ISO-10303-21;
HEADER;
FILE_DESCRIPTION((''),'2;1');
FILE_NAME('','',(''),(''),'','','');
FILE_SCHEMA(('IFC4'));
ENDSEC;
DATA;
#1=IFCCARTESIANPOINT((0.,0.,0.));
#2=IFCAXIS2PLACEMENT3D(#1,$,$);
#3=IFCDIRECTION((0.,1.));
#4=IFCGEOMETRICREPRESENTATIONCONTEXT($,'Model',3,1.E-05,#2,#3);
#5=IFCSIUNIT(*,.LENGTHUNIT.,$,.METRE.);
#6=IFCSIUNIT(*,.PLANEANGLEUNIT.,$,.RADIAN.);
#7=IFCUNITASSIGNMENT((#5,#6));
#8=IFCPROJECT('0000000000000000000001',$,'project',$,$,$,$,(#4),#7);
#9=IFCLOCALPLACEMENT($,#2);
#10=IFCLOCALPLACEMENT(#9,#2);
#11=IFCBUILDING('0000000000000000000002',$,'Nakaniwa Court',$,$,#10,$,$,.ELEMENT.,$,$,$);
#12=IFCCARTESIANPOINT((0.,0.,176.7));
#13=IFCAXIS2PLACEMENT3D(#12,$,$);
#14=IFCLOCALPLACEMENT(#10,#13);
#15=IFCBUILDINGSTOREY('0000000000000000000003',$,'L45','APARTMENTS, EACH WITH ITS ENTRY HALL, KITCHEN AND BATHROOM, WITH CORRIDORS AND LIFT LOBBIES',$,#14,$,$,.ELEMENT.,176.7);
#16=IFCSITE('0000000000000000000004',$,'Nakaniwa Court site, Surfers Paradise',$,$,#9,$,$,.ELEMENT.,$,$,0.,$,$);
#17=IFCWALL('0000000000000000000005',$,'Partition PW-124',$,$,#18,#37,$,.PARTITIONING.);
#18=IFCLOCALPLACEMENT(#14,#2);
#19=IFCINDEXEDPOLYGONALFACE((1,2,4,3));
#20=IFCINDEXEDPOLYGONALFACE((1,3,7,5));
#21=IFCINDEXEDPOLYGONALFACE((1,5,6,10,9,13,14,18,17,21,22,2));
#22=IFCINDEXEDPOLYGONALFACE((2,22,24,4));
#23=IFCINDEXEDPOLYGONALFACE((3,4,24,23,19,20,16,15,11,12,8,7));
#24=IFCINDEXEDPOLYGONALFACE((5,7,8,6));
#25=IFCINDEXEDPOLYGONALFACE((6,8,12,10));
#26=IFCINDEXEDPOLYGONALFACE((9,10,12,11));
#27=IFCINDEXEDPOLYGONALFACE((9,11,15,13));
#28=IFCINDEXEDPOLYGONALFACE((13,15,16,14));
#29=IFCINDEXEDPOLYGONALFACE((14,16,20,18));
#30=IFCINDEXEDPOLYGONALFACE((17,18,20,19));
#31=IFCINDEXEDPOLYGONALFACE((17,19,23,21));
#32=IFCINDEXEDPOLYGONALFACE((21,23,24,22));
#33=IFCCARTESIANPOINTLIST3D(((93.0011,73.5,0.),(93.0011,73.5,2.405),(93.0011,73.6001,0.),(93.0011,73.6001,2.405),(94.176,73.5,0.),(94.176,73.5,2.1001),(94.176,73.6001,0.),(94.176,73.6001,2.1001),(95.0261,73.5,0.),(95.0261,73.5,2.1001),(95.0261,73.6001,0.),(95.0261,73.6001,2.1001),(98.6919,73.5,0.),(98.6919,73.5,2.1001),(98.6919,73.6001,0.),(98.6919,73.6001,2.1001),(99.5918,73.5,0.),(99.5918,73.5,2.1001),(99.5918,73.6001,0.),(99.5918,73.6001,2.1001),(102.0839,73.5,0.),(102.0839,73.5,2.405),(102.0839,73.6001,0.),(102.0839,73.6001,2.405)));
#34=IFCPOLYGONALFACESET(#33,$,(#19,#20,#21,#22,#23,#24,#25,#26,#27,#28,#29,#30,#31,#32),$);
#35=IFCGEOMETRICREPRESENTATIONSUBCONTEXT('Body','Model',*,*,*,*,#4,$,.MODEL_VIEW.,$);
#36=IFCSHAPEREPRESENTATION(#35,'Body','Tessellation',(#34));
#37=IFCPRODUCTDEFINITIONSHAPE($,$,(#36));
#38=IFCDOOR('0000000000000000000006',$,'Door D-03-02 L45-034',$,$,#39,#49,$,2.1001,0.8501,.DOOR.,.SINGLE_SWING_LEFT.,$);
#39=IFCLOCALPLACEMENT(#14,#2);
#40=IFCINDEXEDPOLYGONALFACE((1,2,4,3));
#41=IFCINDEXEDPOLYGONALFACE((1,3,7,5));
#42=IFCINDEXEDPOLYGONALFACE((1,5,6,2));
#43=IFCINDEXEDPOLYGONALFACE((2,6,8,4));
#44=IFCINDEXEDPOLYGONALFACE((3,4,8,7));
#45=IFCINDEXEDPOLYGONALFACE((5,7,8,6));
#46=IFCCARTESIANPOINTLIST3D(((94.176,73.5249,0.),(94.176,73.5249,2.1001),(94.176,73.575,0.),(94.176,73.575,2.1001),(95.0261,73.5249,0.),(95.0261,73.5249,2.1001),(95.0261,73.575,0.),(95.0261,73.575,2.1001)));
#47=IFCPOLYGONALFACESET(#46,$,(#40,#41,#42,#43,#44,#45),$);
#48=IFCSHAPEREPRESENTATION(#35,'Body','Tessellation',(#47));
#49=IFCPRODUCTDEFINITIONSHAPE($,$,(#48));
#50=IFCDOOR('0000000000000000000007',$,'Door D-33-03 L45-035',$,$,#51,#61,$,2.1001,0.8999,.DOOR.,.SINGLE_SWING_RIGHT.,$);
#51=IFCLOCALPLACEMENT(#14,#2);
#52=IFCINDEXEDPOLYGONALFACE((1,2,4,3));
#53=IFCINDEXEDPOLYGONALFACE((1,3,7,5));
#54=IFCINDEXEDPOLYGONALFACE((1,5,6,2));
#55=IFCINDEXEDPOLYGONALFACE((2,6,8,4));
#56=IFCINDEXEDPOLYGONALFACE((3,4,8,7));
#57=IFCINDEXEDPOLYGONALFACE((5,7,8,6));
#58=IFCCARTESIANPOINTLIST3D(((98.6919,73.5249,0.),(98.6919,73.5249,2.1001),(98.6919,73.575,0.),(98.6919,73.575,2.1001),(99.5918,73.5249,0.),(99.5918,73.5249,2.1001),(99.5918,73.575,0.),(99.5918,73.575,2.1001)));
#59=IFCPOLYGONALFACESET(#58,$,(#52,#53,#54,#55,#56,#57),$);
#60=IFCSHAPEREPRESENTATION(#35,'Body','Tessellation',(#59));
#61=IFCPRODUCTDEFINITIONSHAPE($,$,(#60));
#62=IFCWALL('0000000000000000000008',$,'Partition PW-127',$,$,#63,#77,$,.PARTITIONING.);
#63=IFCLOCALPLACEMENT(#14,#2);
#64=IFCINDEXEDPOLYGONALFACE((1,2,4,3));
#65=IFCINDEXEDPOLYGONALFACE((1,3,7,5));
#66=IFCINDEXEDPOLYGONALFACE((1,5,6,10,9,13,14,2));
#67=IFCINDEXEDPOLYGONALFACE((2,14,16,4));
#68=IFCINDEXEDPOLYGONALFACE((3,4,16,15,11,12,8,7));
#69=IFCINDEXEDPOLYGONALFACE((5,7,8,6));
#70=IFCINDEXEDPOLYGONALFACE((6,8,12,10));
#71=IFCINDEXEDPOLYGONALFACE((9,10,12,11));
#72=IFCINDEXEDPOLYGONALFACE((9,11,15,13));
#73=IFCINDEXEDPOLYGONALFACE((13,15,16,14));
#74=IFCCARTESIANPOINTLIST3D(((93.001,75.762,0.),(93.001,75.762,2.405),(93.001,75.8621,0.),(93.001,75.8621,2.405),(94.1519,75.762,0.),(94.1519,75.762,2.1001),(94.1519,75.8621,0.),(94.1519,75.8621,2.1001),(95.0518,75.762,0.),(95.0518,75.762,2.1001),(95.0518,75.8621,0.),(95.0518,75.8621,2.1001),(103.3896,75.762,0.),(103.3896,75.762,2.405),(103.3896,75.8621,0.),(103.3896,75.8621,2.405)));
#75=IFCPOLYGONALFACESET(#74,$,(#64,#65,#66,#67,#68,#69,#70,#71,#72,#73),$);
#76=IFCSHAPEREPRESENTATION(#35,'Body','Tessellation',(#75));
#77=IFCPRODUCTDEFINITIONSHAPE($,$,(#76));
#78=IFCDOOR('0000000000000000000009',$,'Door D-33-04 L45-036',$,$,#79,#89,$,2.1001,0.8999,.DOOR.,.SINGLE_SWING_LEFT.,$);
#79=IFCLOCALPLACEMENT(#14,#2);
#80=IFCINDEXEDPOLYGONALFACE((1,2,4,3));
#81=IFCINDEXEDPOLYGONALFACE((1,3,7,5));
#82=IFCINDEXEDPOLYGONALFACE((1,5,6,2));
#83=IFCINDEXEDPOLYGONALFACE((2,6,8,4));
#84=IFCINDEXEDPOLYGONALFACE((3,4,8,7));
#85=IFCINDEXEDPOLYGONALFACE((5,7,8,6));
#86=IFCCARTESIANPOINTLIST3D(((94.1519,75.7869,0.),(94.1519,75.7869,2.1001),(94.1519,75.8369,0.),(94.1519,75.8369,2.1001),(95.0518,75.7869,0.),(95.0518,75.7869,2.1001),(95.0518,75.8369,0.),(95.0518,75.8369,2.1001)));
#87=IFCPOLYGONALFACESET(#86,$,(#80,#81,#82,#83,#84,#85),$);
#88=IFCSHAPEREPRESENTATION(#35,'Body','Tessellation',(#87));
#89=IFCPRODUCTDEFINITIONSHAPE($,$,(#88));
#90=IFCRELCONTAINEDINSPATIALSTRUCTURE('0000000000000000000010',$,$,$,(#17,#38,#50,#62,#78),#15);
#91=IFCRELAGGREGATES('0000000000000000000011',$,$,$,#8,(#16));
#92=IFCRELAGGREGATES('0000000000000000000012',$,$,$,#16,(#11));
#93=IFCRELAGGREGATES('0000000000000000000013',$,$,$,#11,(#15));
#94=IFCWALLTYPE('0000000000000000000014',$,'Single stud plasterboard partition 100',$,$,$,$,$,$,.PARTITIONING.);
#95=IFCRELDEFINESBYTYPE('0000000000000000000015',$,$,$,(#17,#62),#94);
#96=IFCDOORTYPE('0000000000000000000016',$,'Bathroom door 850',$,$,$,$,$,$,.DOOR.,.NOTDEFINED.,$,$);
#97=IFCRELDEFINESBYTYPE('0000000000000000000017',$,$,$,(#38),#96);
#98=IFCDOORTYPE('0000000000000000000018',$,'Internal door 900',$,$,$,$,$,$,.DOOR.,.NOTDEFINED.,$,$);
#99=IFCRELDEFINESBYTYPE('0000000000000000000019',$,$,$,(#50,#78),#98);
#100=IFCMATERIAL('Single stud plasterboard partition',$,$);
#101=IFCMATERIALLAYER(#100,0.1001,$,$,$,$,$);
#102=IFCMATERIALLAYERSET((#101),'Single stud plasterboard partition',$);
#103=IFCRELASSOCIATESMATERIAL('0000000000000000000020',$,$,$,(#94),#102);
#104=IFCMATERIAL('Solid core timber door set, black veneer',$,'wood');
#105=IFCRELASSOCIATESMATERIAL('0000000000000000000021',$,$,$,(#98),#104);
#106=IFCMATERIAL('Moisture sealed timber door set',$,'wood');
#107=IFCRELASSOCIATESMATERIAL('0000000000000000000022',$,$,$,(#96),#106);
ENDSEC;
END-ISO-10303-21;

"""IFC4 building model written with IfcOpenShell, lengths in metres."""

from ifc_helpers import new_model, si_unit, direction, frame, frame_2d, origin, place, context, subcontext, project, spatial, rectangle, extrude, material, layer, layer_set, type_object, element, fill, save


model = new_model("IFC4")

# Units and contexts
model_context = context("Model", 3, precision=1e-05, world=origin(), true_north=direction((0.0, 1.0)))
body_context = subcontext(model_context, "Body", "Model", "MODEL_VIEW")
ifc_project = project(units=[si_unit("LENGTHUNIT", "METRE"), si_unit("PLANEANGLEUNIT", "RADIAN")], contexts=[model_context])

# Site, building, storey
site_placement = place(None, origin())
site = spatial("IfcSite", under=ifc_project, at=site_placement, Name="Nakaniwa Court site, Surfers Paradise", CompositionType="ELEMENT", RefElevation=0.0)
building_placement = place(site_placement, origin())
building = spatial("IfcBuilding", under=site, at=building_placement, Name="Nakaniwa Court", CompositionType="ELEMENT")
storey_placement = place(building_placement, frame((0.0, 0.0, 176.7)))
storey = spatial("IfcBuildingStorey", under=building, at=storey_placement, Name="L45", Description="APARTMENTS, EACH WITH ITS ENTRY HALL, KITCHEN AND BATHROOM, WITH CORRIDORS AND LIFT LOBBIES", CompositionType="ELEMENT", Elevation=176.7)

# Shared definitions
ifc_material_1 = material(Name="Solid core timber door set, black veneer", Category="wood")

# Shared definitions
ifc_material_2 = material(Name="Single stud plasterboard partition")
ifc_layer_1 = layer(ifc_material_2, 0.1001)
ifc_layer_set_1 = layer_set([ifc_layer_1], Name="Single stud plasterboard partition")
wall_type_1 = type_object("IfcWallType", Name="Single stud plasterboard partition 100", PredefinedType="PARTITIONING", material=ifc_layer_set_1)
door_type_1 = type_object("IfcDoorType", Name="Internal door 900", OperationType="NOTDEFINED", PredefinedType="DOOR", material=ifc_material_1)

# Wall, openings, doors
wall_1_placement = place(storey_placement, frame((93.001, 73.55, 0.0), z_axis=(0.0, 0.0, 1.0), x_axis=(1.0, 0.0, 0.0)))
wall_1 = element("IfcWall", 1, at=wall_1_placement, inside=storey, type_object=wall_type_1, Name="Partition PW-124", PredefinedType="PARTITIONING", context=body_context, shape_type="SweptSolid", body=[
    extrude(rectangle(XDim=9.0828, YDim=0.1001, at=frame_2d((4.5415, 0.0))), origin(), (0.0, 0.0, 1.0), 2.405),
])
opening_1_placement = place(wall_1_placement, frame((1.175, 0.0, 0.0)))
opening_1 = element("IfcOpeningElement", 2, at=opening_1_placement, cuts=wall_1, PredefinedType="OPENING", context=body_context, shape_type="SweptSolid", body=[
    extrude(rectangle(XDim=0.8501, YDim=2.1001, at=frame_2d((0.425, 1.05))), frame((0.0, 0.0601, 0.0), z_axis=(0.0, -1.0, 0.0), x_axis=(1.0, 0.0, 0.0)), (0.0, 0.0, 1.0), 0.1201),
])
opening_2_placement = place(wall_1_placement, frame((5.6909, 0.0, 0.0)))
opening_2 = element("IfcOpeningElement", 3, at=opening_2_placement, cuts=wall_1, PredefinedType="OPENING", context=body_context, shape_type="SweptSolid", body=[
    extrude(rectangle(XDim=0.8999, YDim=2.1001, at=frame_2d((0.45, 1.05))), frame((0.0, 0.0601, 0.0), z_axis=(0.0, -1.0, 0.0), x_axis=(1.0, 0.0, 0.0)), (0.0, 0.0, 1.0), 0.1201),
])
ifc_material_3 = material(Name="Moisture sealed timber door set", Category="wood")
door_type_2 = type_object("IfcDoorType", Name="Bathroom door 850", OperationType="NOTDEFINED", PredefinedType="DOOR", material=ifc_material_3)
door_1_placement = place(opening_1_placement, origin())
door_1 = element("IfcDoor", 4, at=door_1_placement, inside=storey, type_object=door_type_2, Name="Door D-03-02 L45-034", OperationType="SINGLE_SWING_LEFT", OverallHeight=2.1001, OverallWidth=0.8501, PredefinedType="DOOR", context=body_context, shape_type="SweptSolid", body=[
    extrude(rectangle(XDim=0.8501, YDim=2.1001, at=frame_2d((0.425, 1.05))), frame((0.0, 0.0249, 0.0), z_axis=(0.0, -1.0, 0.0), x_axis=(1.0, 0.0, 0.0)), (0.0, 0.0, 1.0), 0.05),
])
fill(opening_1, door_1)
door_2_placement = place(opening_2_placement, origin())
door_2 = element("IfcDoor", 5, at=door_2_placement, inside=storey, type_object=door_type_1, Name="Door D-33-03 L45-035", OperationType="SINGLE_SWING_RIGHT", OverallHeight=2.1001, OverallWidth=0.8999, PredefinedType="DOOR", context=body_context, shape_type="SweptSolid", body=[
    extrude(rectangle(XDim=0.8999, YDim=2.1001, at=frame_2d((0.45, 1.05))), frame((0.0, 0.0249, 0.0), z_axis=(0.0, -1.0, 0.0), x_axis=(1.0, 0.0, 0.0)), (0.0, 0.0, 1.0), 0.05),
])
fill(opening_2, door_2)

# Wall, opening, door
wall_2_placement = place(storey_placement, frame((93.001, 75.812, 0.0), z_axis=(0.0, 0.0, 1.0), x_axis=(1.0, 0.0, 0.0)))
wall_2 = element("IfcWall", 6, at=wall_2_placement, inside=storey, type_object=wall_type_1, Name="Partition PW-127", PredefinedType="PARTITIONING", context=body_context, shape_type="SweptSolid", body=[
    extrude(rectangle(XDim=10.3887, YDim=0.1001, at=frame_2d((5.1943, 0.0))), origin(), (0.0, 0.0, 1.0), 2.405),
])
opening_3_placement = place(wall_2_placement, frame((1.1509, 0.0, 0.0)))
opening_3 = element("IfcOpeningElement", 7, at=opening_3_placement, cuts=wall_2, PredefinedType="OPENING", context=body_context, shape_type="SweptSolid", body=[
    extrude(rectangle(XDim=0.8999, YDim=2.1001, at=frame_2d((0.45, 1.05))), frame((0.0, 0.0601, 0.0), z_axis=(0.0, -1.0, 0.0), x_axis=(1.0, 0.0, 0.0)), (0.0, 0.0, 1.0), 0.1201),
])
door_3_placement = place(opening_3_placement, origin())
door_3 = element("IfcDoor", 8, at=door_3_placement, inside=storey, type_object=door_type_1, Name="Door D-33-04 L45-036", OperationType="SINGLE_SWING_LEFT", OverallHeight=2.1001, OverallWidth=0.8999, PredefinedType="DOOR", context=body_context, shape_type="SweptSolid", body=[
    extrude(rectangle(XDim=0.8999, YDim=2.1001, at=frame_2d((0.45, 1.05))), frame((0.0, 0.0249, 0.0), z_axis=(0.0, -1.0, 0.0), x_axis=(1.0, 0.0, 0.0)), (0.0, 0.0, 1.0), 0.05),
])
fill(opening_3, door_3)

save(model, "model.ifc")
